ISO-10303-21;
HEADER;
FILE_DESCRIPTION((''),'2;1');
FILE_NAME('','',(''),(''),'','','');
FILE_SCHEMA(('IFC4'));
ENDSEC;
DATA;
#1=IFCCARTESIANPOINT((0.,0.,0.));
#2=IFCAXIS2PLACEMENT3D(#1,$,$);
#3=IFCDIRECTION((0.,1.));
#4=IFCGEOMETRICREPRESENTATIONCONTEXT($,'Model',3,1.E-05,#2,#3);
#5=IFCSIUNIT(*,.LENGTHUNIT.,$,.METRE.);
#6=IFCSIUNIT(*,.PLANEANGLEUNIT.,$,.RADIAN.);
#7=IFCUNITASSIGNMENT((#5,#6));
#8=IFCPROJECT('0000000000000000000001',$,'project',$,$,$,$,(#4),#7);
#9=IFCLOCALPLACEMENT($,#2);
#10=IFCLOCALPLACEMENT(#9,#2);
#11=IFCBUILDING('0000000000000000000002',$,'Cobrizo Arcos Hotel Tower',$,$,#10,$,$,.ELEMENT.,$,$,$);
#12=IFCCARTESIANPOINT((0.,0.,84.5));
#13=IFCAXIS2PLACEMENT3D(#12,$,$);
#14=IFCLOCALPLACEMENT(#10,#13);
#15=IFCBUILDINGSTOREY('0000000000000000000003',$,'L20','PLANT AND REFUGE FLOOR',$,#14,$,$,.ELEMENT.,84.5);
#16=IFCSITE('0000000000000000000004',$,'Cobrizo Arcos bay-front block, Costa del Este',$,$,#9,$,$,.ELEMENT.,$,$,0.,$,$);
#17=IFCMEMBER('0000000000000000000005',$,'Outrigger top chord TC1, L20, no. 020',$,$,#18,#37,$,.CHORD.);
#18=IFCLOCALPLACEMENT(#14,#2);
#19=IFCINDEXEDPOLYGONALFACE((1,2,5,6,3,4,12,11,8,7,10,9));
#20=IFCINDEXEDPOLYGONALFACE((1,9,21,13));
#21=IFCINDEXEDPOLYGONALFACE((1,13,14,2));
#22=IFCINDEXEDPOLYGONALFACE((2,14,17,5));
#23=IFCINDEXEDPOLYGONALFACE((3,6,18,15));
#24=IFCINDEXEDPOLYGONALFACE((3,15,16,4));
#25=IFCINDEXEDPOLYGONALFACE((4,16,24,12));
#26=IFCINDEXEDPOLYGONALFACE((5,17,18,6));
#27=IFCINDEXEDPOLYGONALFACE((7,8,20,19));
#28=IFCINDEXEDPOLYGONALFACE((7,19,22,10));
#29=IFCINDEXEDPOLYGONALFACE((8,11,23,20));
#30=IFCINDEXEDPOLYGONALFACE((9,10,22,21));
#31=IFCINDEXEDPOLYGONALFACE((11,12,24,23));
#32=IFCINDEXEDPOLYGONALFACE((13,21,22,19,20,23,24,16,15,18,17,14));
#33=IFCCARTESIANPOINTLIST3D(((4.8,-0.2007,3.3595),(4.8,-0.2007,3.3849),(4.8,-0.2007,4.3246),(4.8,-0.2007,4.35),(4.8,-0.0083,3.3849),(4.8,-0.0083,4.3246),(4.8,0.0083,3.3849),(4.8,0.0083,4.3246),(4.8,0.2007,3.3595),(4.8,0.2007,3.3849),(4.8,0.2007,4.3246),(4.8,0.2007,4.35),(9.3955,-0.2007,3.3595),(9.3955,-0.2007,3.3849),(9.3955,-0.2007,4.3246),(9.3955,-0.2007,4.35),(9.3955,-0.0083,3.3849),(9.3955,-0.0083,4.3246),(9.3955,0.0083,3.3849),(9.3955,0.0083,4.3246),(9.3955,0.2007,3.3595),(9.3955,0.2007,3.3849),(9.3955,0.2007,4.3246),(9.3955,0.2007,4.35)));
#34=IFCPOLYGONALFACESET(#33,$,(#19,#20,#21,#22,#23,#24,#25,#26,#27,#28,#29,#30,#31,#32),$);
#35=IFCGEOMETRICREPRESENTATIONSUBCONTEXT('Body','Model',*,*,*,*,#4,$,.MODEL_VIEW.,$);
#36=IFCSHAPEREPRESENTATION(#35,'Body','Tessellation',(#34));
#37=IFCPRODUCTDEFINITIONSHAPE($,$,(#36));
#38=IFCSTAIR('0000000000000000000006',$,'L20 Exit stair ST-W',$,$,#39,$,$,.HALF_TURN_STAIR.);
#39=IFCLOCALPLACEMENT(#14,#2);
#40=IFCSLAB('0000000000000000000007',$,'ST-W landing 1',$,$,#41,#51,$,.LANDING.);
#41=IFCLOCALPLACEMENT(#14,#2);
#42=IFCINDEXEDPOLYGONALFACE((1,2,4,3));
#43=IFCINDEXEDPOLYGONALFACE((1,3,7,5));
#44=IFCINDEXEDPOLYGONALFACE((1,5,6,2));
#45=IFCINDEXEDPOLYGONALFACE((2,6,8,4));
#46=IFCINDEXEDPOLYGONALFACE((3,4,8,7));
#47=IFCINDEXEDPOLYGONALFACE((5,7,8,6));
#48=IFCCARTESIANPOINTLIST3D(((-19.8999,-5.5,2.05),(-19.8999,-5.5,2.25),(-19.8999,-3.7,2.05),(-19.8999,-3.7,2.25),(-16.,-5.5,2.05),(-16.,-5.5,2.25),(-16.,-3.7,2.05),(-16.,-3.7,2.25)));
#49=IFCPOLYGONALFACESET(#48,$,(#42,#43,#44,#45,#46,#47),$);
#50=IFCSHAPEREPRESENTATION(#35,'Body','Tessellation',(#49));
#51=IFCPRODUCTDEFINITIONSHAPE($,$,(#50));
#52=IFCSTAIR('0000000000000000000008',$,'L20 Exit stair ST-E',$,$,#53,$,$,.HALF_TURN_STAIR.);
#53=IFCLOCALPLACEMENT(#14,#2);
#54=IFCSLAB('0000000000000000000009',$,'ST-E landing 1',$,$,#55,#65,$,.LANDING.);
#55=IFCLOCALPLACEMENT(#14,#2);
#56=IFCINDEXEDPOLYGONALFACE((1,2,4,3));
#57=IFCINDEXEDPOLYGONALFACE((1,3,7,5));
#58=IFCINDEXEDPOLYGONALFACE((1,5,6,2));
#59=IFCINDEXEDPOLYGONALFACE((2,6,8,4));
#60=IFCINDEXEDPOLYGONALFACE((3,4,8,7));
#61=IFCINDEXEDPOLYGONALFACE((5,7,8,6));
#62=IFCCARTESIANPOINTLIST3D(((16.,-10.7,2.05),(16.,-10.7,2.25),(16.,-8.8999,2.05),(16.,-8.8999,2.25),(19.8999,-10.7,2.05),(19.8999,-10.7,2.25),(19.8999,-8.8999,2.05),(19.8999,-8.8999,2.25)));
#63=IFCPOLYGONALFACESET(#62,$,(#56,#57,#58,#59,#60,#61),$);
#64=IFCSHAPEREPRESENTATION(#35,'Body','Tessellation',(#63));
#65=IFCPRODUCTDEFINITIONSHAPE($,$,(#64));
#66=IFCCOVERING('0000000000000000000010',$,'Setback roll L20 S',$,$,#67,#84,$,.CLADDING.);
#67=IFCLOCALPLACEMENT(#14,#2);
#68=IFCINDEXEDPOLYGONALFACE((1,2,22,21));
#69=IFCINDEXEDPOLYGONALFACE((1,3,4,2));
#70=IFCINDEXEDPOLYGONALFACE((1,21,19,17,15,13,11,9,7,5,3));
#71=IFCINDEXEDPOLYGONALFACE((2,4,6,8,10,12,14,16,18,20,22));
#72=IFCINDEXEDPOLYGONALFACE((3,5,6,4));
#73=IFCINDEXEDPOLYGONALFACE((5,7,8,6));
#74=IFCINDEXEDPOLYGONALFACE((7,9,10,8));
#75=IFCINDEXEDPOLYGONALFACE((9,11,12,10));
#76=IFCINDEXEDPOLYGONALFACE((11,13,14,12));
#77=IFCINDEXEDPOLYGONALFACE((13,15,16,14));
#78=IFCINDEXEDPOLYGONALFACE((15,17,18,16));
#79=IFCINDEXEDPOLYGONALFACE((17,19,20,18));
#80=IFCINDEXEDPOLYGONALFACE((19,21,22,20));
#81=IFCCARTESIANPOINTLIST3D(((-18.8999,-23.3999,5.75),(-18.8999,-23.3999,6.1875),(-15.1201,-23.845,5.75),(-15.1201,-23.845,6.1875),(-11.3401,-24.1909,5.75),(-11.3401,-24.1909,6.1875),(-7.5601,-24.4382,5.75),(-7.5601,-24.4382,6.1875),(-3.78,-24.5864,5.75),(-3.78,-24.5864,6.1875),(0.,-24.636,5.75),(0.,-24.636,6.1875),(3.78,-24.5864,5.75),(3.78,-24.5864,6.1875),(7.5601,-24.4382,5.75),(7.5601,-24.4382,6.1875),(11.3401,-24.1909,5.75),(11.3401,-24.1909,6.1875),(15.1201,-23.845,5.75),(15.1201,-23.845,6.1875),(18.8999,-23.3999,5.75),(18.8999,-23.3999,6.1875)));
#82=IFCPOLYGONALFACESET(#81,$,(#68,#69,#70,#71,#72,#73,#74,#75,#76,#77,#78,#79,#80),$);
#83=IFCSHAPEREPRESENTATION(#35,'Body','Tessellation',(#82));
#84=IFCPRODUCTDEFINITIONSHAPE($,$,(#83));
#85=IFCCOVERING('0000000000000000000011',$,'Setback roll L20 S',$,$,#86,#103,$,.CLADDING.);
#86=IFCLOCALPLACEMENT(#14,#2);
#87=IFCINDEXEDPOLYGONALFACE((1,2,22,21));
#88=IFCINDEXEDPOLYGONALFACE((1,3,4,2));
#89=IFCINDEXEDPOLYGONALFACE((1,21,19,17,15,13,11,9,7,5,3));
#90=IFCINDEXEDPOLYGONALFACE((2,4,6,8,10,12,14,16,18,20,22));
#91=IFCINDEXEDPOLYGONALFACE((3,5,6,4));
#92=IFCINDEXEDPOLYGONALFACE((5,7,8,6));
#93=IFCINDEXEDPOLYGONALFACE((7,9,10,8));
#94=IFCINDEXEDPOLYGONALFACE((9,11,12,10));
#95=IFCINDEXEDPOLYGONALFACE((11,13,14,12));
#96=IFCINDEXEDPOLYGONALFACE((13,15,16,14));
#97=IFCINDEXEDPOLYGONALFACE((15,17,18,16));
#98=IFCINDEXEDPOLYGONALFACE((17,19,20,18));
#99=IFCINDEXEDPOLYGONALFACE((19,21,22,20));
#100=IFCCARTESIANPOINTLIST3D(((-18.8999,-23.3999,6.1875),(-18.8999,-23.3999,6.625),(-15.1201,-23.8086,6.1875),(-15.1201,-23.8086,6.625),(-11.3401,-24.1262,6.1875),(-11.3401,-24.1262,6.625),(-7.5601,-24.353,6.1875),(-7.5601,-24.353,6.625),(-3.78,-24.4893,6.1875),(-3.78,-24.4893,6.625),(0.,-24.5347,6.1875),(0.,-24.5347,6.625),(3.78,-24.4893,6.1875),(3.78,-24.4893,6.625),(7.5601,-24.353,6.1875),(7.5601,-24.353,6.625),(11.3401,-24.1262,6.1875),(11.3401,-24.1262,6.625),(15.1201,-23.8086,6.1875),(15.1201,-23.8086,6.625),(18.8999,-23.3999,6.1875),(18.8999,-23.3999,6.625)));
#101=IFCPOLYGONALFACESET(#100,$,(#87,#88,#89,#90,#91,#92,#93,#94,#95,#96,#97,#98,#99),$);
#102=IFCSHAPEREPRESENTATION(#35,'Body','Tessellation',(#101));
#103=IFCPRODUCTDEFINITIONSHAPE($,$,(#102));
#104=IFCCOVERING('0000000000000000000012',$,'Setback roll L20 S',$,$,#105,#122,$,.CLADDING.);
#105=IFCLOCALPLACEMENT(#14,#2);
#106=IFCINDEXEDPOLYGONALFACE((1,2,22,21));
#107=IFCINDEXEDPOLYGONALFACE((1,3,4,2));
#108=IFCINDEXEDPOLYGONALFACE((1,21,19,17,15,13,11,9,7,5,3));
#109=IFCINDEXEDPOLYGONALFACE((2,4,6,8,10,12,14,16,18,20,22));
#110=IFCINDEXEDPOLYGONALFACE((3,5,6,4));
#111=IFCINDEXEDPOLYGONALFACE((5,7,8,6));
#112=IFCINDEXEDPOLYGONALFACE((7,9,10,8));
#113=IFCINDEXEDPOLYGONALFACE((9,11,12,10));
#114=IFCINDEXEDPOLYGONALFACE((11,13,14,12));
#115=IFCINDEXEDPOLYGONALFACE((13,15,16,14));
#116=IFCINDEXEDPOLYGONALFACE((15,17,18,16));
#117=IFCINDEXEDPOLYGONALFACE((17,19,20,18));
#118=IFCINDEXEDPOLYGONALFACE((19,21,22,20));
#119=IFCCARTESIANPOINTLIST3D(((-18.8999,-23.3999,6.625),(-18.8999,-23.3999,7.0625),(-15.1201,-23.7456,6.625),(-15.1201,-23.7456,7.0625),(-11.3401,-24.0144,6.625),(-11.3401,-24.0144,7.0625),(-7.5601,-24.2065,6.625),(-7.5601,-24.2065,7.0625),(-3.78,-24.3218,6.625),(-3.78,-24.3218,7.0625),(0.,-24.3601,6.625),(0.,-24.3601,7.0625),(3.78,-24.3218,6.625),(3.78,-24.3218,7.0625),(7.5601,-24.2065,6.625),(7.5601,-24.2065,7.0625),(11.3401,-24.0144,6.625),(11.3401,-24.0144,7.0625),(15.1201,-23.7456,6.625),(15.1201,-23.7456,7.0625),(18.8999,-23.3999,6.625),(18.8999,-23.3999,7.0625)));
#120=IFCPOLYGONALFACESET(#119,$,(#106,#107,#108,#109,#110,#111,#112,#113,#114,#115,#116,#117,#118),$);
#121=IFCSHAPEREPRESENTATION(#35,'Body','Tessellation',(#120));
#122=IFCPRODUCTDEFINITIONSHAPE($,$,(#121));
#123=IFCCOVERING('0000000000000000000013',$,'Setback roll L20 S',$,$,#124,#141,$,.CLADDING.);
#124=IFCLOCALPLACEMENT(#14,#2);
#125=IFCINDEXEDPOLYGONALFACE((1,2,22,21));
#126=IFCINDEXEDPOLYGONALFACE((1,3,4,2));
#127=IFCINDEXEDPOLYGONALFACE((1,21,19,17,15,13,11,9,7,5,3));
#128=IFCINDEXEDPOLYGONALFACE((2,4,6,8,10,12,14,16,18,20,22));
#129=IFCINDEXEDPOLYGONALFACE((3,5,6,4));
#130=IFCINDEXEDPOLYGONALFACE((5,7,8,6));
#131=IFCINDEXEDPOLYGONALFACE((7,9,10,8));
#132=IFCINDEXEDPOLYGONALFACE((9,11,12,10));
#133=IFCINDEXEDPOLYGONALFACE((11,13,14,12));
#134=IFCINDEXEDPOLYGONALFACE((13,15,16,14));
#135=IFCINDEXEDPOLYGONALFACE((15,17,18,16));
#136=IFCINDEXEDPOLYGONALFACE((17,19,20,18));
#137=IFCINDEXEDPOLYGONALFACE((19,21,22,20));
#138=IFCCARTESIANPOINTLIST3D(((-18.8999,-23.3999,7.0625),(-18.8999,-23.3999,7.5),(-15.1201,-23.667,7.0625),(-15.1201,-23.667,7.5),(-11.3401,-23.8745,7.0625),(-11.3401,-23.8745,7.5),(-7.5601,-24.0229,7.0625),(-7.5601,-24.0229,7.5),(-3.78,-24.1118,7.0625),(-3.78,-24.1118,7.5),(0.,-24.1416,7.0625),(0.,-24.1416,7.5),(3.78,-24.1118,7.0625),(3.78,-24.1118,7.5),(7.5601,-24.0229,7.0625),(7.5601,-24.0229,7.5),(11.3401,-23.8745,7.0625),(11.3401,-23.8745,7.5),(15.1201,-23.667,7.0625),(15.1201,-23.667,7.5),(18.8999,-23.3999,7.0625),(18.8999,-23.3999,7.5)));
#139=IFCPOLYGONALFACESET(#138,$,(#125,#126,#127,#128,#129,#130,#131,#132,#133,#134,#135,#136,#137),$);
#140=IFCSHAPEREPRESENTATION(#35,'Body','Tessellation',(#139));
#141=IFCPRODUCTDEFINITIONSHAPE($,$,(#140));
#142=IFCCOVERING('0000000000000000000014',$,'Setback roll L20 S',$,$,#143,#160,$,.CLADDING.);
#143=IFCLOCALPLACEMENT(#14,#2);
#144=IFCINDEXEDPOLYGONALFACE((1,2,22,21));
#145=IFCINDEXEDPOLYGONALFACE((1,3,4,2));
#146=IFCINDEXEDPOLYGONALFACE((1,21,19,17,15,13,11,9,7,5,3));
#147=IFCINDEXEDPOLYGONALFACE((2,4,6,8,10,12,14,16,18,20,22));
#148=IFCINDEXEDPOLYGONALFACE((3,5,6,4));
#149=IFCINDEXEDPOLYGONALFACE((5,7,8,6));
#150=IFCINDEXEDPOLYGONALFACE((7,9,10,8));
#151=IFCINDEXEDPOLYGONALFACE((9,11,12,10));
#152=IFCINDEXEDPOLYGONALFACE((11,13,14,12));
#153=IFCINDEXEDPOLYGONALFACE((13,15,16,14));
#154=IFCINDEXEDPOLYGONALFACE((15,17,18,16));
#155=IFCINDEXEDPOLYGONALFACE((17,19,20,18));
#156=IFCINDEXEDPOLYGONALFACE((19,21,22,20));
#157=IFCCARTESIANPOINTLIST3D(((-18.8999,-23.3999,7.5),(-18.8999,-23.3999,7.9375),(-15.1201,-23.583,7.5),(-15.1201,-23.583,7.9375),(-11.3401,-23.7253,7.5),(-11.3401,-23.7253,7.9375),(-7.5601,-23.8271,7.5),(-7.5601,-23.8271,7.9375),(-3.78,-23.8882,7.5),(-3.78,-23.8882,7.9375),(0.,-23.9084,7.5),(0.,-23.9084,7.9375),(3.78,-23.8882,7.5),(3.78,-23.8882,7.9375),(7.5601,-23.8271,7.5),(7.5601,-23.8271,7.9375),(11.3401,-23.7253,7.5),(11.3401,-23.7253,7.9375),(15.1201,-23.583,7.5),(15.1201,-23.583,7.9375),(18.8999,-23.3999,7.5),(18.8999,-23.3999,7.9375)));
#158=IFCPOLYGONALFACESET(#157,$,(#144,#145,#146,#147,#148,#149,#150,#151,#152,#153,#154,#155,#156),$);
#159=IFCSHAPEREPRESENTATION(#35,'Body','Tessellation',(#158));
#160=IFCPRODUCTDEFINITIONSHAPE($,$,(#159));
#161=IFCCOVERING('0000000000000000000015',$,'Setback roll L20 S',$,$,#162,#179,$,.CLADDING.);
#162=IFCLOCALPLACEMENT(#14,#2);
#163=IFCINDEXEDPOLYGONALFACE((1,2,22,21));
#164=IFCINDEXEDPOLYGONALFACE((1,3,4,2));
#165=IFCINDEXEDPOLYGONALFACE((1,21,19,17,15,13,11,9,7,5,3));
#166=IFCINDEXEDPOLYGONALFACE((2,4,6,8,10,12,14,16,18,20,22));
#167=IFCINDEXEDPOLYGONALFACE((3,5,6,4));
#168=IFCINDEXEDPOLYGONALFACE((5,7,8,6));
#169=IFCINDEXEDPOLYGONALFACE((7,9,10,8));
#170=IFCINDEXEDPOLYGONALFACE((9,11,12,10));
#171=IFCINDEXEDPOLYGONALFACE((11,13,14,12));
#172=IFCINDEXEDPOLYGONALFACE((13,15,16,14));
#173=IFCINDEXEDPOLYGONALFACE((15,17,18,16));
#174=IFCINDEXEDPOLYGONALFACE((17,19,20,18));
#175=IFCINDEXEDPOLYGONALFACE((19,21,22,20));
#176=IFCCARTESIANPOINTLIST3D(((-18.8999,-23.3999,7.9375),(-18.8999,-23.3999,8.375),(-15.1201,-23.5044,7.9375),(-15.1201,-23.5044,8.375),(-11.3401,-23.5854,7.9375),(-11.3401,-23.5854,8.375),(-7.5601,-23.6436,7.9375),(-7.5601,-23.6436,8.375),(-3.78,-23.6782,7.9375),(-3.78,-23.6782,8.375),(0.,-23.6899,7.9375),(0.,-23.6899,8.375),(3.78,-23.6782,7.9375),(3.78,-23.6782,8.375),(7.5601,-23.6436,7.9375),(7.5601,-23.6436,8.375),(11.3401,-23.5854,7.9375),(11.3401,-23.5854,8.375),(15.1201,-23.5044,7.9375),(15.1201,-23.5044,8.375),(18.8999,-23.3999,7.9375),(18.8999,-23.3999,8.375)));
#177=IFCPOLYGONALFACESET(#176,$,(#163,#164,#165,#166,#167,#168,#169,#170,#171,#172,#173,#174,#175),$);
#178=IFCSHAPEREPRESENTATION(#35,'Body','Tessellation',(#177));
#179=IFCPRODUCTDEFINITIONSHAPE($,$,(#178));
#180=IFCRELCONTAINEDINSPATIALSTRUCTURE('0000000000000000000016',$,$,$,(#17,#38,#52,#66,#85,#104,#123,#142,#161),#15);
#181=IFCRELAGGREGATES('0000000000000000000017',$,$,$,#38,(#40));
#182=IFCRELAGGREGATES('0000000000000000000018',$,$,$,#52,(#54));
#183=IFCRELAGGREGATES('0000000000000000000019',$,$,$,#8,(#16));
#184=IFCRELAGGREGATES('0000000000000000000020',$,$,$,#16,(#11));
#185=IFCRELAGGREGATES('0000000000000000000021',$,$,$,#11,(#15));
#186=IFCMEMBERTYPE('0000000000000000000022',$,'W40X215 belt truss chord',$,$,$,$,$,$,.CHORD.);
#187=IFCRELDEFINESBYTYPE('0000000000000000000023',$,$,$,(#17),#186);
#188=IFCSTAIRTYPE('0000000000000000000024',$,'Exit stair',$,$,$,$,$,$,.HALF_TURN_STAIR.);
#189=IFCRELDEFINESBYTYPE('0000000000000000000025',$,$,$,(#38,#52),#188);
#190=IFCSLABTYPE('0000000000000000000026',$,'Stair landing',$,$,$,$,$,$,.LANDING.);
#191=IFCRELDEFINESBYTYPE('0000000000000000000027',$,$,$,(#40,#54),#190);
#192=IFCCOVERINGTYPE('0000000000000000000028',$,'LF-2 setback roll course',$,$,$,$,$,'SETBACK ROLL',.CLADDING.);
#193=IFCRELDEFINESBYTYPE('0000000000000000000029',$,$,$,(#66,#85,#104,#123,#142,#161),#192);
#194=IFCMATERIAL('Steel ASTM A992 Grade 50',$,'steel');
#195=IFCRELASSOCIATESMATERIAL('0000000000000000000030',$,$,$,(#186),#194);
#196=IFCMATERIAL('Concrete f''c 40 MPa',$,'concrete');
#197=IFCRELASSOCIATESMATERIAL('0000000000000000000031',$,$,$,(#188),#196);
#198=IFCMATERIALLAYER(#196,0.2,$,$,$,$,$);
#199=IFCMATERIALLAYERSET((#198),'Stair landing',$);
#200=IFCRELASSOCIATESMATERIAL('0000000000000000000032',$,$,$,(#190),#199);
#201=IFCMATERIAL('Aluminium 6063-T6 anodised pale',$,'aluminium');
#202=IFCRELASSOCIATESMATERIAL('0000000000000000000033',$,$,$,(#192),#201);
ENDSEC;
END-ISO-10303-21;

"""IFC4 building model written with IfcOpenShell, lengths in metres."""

from ifc_helpers import new_model, si_unit, direction, frame, origin, origin_2d, place, context, subcontext, project, spatial, polyline, i_section, outline, extrude, material, layer, layer_set, material_profile, profile_set, type_object, element, aggregate, save


model = new_model("IFC4")

# Units and contexts
model_context = context("Model", 3, precision=1e-05, world=origin(), true_north=direction((0.0, 1.0)))
body_context = subcontext(model_context, "Body", "Model", "MODEL_VIEW")
ifc_project = project(units=[si_unit("LENGTHUNIT", "METRE"), si_unit("PLANEANGLEUNIT", "RADIAN")], contexts=[model_context])

# Site, building, storey
site_placement = place(None, origin())
site = spatial("IfcSite", under=ifc_project, at=site_placement, Name="Cobrizo Arcos bay-front block, Costa del Este", CompositionType="ELEMENT", RefElevation=0.0)
building_placement = place(site_placement, origin())
building = spatial("IfcBuilding", under=site, at=building_placement, Name="Cobrizo Arcos Hotel Tower", CompositionType="ELEMENT")
storey_placement = place(building_placement, frame((0.0, 0.0, 84.5)))
storey = spatial("IfcBuildingStorey", under=building, at=storey_placement, Name="L20", Description="PLANT AND REFUGE FLOOR", CompositionType="ELEMENT", Elevation=84.5)

# Member
ifc_material_1 = material(Name="Steel ASTM A992 Grade 50", Category="steel")
ifc_material_profile = material_profile(ifc_material_1, i_section(OverallWidth=0.4014, OverallDepth=0.9905, WebThickness=0.0166, FlangeThickness=0.0254, at=origin_2d()), Name="W40X215")
ifc_profile_set = profile_set([ifc_material_profile], Name="Steel ASTM A992 Grade 50")
member_type = type_object("IfcMemberType", Name="W40X215 belt truss chord", PredefinedType="CHORD", material=ifc_profile_set)
member_placement = place(storey_placement, frame((4.8, 0.0, 3.8547), z_axis=(1.0, 0.0, 0.0), x_axis=(0.0, 1.0, 0.0)))
element("IfcMember", 1, at=member_placement, inside=storey, type_object=member_type, Name="Outrigger top chord TC1, L20, no. 020", PredefinedType="CHORD", context=body_context, shape_type="SweptSolid", body=[
    extrude(i_section(OverallWidth=0.4014, OverallDepth=0.9905, WebThickness=0.0166, FlangeThickness=0.0254, at=origin_2d()), origin(), (0.0, 0.0, 1.0), 4.5955),
])

# Stairs, slabs
ifc_material_2 = material(Name="Concrete f'c 40 MPa", Category="concrete")
stair_type = type_object("IfcStairType", Name="Exit stair", PredefinedType="HALF_TURN_STAIR", material=ifc_material_2)
stair_1_placement = place(storey_placement, origin())
stair_1 = element("IfcStair", 2, at=stair_1_placement, inside=storey, type_object=stair_type, Name="L20 Exit stair ST-W", PredefinedType="HALF_TURN_STAIR")
ifc_layer = layer(ifc_material_2, 0.2)
ifc_layer_set = layer_set([ifc_layer], Name="Stair landing")
slab_type = type_object("IfcSlabType", Name="Stair landing", PredefinedType="LANDING", material=ifc_layer_set)
slab_1_placement = place(storey_placement, frame((0.0, 0.0, 2.05)))
slab_1 = element("IfcSlab", 3, at=slab_1_placement, type_object=slab_type, Name="ST-W landing 1", PredefinedType="LANDING", context=body_context, shape_type="SweptSolid", body=[
    extrude(outline(polyline([(-16.0, -5.5), (-16.0, -3.7), (-19.8999, -3.7), (-19.8999, -5.5), (-16.0, -5.5)])), origin(), (0.0, 0.0, 1.0), 0.2),
])
aggregate(stair_1, [slab_1])
stair_2_placement = place(storey_placement, origin())
stair_2 = element("IfcStair", 4, at=stair_2_placement, inside=storey, type_object=stair_type, Name="L20 Exit stair ST-E", PredefinedType="HALF_TURN_STAIR")
slab_2_placement = place(storey_placement, frame((0.0, 0.0, 2.05)))
slab_2 = element("IfcSlab", 5, at=slab_2_placement, type_object=slab_type, Name="ST-E landing 1", PredefinedType="LANDING", context=body_context, shape_type="SweptSolid", body=[
    extrude(outline(polyline([(16.0, -8.8999), (16.0, -10.7), (19.8999, -10.7), (19.8999, -8.8999), (16.0, -8.8999)])), origin(), (0.0, 0.0, 1.0), 0.2),
])
aggregate(stair_2, [slab_2])

# Coverings
ifc_material_3 = material(Name="Aluminium 6063-T6 anodised pale", Category="aluminium")
covering_type = type_object("IfcCoveringType", Name="LF-2 setback roll course", ElementType="SETBACK ROLL", PredefinedType="CLADDING", material=ifc_material_3)
covering_1_placement = place(storey_placement, frame((0.0, 0.0, 5.75)))
element("IfcCovering", 6, at=covering_1_placement, inside=storey, type_object=covering_type, Name="Setback roll L20 S", PredefinedType="CLADDING", context=body_context, shape_type="SweptSolid", body=[
    extrude(outline(polyline([(-18.8999, -23.3999), (-15.1201, -23.845), (-11.3401, -24.1909), (-7.5601, -24.4382), (-3.78, -24.5864), (0.0, -24.636), (3.78, -24.5864), (7.5601, -24.4382), (11.3401, -24.1909), (15.1201, -23.845), (18.8999, -23.3999), (18.8999, -23.3999), (-18.8999, -23.3999)])), origin(), (0.0, 0.0, 1.0), 0.4375),
])
covering_2_placement = place(storey_placement, frame((0.0, 0.0, 6.1875)))
element("IfcCovering", 7, at=covering_2_placement, inside=storey, type_object=covering_type, Name="Setback roll L20 S", PredefinedType="CLADDING", context=body_context, shape_type="SweptSolid", body=[
    extrude(outline(polyline([(-18.8999, -23.3999), (-15.1201, -23.8086), (-11.3401, -24.1262), (-7.5601, -24.353), (-3.78, -24.4893), (0.0, -24.5347), (3.78, -24.4893), (7.5601, -24.353), (11.3401, -24.1262), (15.1201, -23.8086), (18.8999, -23.3999), (18.8999, -23.3999), (-18.8999, -23.3999)])), origin(), (0.0, 0.0, 1.0), 0.4375),
])
covering_3_placement = place(storey_placement, frame((0.0, 0.0, 6.625)))
element("IfcCovering", 8, at=covering_3_placement, inside=storey, type_object=covering_type, Name="Setback roll L20 S", PredefinedType="CLADDING", context=body_context, shape_type="SweptSolid", body=[
    extrude(outline(polyline([(-18.8999, -23.3999), (-15.1201, -23.7456), (-11.3401, -24.0144), (-7.5601, -24.2065), (-3.78, -24.3218), (0.0, -24.3601), (3.78, -24.3218), (7.5601, -24.2065), (11.3401, -24.0144), (15.1201, -23.7456), (18.8999, -23.3999), (18.8999, -23.3999), (-18.8999, -23.3999)])), origin(), (0.0, 0.0, 1.0), 0.4375),
])
covering_4_placement = place(storey_placement, frame((0.0, 0.0, 7.0625)))
element("IfcCovering", 9, at=covering_4_placement, inside=storey, type_object=covering_type, Name="Setback roll L20 S", PredefinedType="CLADDING", context=body_context, shape_type="SweptSolid", body=[
    extrude(outline(polyline([(-18.8999, -23.3999), (-15.1201, -23.667), (-11.3401, -23.8745), (-7.5601, -24.0229), (-3.78, -24.1118), (0.0, -24.1416), (3.78, -24.1118), (7.5601, -24.0229), (11.3401, -23.8745), (15.1201, -23.667), (18.8999, -23.3999), (18.8999, -23.3999), (-18.8999, -23.3999)])), origin(), (0.0, 0.0, 1.0), 0.4375),
])
covering_5_placement = place(storey_placement, frame((0.0, 0.0, 7.5)))
element("IfcCovering", 10, at=covering_5_placement, inside=storey, type_object=covering_type, Name="Setback roll L20 S", PredefinedType="CLADDING", context=body_context, shape_type="SweptSolid", body=[
    extrude(outline(polyline([(-18.8999, -23.3999), (-15.1201, -23.583), (-11.3401, -23.7253), (-7.5601, -23.8271), (-3.78, -23.8882), (0.0, -23.9084), (3.78, -23.8882), (7.5601, -23.8271), (11.3401, -23.7253), (15.1201, -23.583), (18.8999, -23.3999), (18.8999, -23.3999), (-18.8999, -23.3999)])), origin(), (0.0, 0.0, 1.0), 0.4375),
])
covering_6_placement = place(storey_placement, frame((0.0, 0.0, 7.9375)))
element("IfcCovering", 11, at=covering_6_placement, inside=storey, type_object=covering_type, Name="Setback roll L20 S", PredefinedType="CLADDING", context=body_context, shape_type="SweptSolid", body=[
    extrude(outline(polyline([(-18.8999, -23.3999), (-15.1201, -23.5044), (-11.3401, -23.5854), (-7.5601, -23.6436), (-3.78, -23.6782), (0.0, -23.6899), (3.78, -23.6782), (7.5601, -23.6436), (11.3401, -23.5854), (15.1201, -23.5044), (18.8999, -23.3999), (18.8999, -23.3999), (-18.8999, -23.3999)])), origin(), (0.0, 0.0, 1.0), 0.4375),
])

save(model, "model.ifc")
